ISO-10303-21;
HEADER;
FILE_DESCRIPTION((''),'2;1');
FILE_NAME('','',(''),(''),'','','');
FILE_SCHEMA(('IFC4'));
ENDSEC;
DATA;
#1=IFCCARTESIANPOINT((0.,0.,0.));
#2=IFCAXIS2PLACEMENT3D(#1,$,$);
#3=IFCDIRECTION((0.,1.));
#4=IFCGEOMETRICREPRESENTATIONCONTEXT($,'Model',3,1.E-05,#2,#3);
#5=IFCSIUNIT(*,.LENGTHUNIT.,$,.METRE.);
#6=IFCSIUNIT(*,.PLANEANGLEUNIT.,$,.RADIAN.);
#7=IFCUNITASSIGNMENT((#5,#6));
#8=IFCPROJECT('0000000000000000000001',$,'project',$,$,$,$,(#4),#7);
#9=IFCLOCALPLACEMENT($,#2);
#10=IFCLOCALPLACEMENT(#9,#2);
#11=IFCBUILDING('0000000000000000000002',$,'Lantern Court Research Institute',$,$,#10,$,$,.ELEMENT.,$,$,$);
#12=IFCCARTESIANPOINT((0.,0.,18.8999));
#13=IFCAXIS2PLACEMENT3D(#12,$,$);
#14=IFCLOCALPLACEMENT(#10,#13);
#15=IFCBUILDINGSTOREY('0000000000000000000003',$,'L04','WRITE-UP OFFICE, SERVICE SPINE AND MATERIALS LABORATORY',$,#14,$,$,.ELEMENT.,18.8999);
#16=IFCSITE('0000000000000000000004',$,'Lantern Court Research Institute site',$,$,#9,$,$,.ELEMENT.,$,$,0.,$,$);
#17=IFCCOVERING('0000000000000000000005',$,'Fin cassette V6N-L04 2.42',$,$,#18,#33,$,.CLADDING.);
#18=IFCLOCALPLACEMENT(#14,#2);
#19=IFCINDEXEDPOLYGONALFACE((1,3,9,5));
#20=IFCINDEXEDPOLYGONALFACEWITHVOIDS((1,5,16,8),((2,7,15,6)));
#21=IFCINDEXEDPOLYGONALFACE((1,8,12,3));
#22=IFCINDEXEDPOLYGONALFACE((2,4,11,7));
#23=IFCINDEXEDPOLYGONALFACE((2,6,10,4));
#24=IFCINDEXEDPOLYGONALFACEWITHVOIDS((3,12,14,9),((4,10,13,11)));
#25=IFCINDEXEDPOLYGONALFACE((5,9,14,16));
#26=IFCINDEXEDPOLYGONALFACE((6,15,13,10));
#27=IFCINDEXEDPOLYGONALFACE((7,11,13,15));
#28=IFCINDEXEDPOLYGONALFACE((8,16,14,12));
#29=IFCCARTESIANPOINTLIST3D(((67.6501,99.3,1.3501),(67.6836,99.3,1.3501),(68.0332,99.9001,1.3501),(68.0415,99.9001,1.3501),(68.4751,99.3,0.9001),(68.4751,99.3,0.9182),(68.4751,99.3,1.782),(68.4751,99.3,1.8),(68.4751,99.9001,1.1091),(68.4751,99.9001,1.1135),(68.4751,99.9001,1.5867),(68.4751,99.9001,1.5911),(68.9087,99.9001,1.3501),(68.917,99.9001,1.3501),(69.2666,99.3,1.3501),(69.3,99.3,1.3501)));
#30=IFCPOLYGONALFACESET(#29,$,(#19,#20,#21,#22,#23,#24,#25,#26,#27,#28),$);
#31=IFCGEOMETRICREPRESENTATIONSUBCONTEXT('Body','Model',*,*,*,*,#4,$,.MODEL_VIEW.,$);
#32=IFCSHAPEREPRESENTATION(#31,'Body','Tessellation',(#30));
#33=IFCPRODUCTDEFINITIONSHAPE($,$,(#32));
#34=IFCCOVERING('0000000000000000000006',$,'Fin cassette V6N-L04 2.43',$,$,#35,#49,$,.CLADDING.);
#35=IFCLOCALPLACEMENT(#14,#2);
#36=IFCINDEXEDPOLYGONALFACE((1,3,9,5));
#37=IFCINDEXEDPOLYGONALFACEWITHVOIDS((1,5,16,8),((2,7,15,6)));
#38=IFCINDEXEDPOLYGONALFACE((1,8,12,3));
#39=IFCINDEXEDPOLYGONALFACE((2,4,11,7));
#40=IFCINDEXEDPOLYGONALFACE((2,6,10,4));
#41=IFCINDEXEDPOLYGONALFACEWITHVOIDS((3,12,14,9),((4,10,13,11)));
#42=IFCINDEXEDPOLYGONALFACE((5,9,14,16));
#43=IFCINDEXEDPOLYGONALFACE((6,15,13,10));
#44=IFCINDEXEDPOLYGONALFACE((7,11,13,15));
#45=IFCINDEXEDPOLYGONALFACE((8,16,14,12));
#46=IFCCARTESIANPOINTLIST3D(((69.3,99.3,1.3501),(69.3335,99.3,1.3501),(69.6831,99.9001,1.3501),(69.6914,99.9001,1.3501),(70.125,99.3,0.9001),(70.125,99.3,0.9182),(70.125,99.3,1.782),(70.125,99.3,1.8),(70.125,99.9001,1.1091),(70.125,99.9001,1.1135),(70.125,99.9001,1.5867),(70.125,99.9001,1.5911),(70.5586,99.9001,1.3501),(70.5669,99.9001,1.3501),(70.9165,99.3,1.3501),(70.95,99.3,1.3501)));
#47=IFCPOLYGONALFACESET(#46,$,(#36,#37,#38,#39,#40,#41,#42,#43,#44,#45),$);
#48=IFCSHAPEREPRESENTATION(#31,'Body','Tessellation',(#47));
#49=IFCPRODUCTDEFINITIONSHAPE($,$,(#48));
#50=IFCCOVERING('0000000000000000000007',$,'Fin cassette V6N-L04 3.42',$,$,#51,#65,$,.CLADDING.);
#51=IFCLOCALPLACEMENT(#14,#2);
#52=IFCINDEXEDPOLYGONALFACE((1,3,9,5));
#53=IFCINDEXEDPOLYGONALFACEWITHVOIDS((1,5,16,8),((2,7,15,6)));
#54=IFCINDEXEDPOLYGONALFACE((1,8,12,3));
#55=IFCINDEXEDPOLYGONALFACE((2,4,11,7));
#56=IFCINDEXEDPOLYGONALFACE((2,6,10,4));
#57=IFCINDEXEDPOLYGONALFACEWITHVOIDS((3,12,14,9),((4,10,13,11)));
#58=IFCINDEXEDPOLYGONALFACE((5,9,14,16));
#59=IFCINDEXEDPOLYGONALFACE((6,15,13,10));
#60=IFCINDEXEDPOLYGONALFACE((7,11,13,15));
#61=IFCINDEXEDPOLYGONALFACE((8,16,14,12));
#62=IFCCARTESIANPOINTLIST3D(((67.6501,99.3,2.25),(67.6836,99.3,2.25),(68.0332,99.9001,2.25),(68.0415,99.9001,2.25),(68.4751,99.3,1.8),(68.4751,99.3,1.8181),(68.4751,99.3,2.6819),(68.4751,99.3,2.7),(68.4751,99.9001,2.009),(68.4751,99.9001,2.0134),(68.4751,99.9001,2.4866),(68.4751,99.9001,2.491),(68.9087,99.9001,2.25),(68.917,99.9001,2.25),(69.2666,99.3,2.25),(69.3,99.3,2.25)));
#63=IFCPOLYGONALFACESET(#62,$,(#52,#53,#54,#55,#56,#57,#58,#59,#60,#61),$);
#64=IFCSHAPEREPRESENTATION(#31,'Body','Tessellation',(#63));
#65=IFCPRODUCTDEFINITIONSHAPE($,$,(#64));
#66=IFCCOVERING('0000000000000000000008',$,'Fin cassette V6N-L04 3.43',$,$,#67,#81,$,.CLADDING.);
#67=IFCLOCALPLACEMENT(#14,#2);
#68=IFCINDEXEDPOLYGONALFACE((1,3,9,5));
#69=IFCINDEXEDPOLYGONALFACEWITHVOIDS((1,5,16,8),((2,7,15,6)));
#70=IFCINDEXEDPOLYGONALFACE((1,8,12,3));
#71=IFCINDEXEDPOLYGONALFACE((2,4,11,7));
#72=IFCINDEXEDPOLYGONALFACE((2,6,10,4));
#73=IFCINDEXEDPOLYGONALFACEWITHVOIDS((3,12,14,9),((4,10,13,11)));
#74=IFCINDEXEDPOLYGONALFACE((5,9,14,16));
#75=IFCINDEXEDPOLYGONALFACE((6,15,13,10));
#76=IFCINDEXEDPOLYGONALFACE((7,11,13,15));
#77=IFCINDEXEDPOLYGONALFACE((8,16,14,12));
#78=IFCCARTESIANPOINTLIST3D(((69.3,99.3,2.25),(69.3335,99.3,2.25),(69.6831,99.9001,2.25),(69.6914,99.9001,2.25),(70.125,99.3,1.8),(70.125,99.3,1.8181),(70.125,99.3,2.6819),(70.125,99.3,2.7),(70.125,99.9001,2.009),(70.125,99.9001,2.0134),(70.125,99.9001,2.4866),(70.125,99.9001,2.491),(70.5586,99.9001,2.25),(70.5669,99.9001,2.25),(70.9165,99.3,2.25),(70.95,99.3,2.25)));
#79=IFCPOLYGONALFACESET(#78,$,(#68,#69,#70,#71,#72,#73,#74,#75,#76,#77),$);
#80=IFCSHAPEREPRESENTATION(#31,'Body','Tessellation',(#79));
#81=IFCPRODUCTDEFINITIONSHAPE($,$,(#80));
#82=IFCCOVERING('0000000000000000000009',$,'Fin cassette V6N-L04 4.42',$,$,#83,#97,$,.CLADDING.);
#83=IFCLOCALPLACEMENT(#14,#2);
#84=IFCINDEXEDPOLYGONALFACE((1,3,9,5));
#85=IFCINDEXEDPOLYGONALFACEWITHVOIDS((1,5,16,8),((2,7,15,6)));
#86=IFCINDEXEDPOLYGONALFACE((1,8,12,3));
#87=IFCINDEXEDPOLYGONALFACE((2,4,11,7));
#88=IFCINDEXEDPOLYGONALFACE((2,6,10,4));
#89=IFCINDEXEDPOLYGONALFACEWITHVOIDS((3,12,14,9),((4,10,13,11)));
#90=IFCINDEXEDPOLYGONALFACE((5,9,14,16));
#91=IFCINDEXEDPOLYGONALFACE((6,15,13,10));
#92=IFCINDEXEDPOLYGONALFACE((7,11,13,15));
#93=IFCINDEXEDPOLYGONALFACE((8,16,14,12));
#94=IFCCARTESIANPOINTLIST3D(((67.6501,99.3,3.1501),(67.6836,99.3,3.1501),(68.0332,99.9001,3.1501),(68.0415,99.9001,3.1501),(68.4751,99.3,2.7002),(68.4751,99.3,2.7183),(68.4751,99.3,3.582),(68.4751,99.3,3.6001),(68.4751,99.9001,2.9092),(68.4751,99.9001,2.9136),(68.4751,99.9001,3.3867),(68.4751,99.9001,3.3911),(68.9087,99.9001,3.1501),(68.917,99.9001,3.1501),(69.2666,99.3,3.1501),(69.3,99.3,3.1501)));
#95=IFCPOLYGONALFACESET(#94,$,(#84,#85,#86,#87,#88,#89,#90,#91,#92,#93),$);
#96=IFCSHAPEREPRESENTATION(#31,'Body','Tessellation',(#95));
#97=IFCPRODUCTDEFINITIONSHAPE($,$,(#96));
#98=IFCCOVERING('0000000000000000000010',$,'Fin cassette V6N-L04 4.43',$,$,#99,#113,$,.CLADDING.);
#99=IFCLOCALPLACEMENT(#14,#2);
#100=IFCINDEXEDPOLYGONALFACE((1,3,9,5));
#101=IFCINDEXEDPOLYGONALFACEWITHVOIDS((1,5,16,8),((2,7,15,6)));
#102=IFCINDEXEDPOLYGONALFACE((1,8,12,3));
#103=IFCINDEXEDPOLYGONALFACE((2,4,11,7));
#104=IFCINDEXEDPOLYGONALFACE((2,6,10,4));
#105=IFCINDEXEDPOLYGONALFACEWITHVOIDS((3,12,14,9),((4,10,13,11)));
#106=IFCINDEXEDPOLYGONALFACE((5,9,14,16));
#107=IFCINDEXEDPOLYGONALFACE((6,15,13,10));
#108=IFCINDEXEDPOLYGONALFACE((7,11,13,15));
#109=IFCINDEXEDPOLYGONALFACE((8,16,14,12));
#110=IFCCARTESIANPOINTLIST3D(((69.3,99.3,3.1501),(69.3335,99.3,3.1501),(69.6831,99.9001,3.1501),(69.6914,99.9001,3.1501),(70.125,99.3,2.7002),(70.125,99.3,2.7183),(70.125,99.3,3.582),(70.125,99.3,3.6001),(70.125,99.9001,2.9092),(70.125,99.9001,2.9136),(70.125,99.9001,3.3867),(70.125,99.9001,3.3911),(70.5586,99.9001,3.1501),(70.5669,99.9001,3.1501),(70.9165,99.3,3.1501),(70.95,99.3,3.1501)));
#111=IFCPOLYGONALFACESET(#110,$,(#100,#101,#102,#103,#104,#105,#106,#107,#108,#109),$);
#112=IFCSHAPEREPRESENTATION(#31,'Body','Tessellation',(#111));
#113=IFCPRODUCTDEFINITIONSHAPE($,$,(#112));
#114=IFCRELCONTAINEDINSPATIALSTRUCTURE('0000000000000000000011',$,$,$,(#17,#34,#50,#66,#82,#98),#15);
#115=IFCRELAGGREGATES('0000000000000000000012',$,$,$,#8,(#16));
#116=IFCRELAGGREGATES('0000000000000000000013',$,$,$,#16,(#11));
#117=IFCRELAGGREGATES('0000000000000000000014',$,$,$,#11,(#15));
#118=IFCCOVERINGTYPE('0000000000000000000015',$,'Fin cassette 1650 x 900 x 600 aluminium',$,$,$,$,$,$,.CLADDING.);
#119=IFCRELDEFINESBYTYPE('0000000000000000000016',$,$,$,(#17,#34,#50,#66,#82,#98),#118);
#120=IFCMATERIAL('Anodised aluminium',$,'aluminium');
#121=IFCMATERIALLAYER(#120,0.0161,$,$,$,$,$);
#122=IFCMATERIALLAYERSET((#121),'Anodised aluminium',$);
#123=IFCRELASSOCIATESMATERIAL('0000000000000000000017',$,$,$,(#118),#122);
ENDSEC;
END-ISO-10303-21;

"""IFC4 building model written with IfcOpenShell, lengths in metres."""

from ifc_helpers import new_model, entity, si_unit, direction, frame, origin, place, context, subcontext, project, spatial, material, layer, layer_set, type_object, element, save


model = new_model("IFC4")

# Units and contexts
model_context = context("Model", 3, precision=1e-05, world=origin(), true_north=direction((0.0, 1.0)))
body_context = subcontext(model_context, "Body", "Model", "MODEL_VIEW")
ifc_project = project(units=[si_unit("LENGTHUNIT", "METRE"), si_unit("PLANEANGLEUNIT", "RADIAN")], contexts=[model_context])

# Site, building, storey
site_placement = place(None, origin())
site = spatial("IfcSite", under=ifc_project, at=site_placement, Name="Lantern Court Research Institute site", CompositionType="ELEMENT", RefElevation=0.0)
building_placement = place(site_placement, origin())
building = spatial("IfcBuilding", under=site, at=building_placement, Name="Lantern Court Research Institute", CompositionType="ELEMENT")
storey_placement = place(building_placement, frame((0.0, 0.0, 18.8999)))
storey = spatial("IfcBuildingStorey", under=building, at=storey_placement, Name="L04", Description="WRITE-UP OFFICE, SERVICE SPINE AND MATERIALS LABORATORY", CompositionType="ELEMENT", Elevation=18.8999)

# Coverings
ifc_material_1 = material(Name="Anodised aluminium", Category="aluminium")
ifc_layer_1 = layer(ifc_material_1, 0.0161)
ifc_layer_set_1 = layer_set([ifc_layer_1], Name="Anodised aluminium")
covering_type_1 = type_object("IfcCoveringType", Name="Fin cassette 1650 x 900 x 600 aluminium", PredefinedType="CLADDING", material=ifc_layer_set_1)
covering_1_placement = place(storey_placement, frame((68.4751, 99.3, 1.3501), z_axis=(0.0, 1.0, 0.0), x_axis=(-1.0, 0.0, 0.0)))
cartesian_point_1 = entity("IfcCartesianPoint", [0.825, 0.0])
cartesian_point_2 = entity("IfcCartesianPoint", [0.7915, 0.0])
cartesian_point_3 = entity("IfcCartesianPoint", [0.4419, 0.0])
cartesian_point_4 = entity("IfcCartesianPoint", [0.4336, 0.0])
element("IfcCovering", 1, at=covering_1_placement, inside=storey, type_object=covering_type_1, Name="Fin cassette V6N-L04 2.42", PredefinedType="CLADDING", context=body_context, shape_type="SweptSolid", body=[
    entity("IfcExtrudedAreaSolidTapered", entity("IfcArbitraryProfileDefWithVoids", "AREA", None, entity("IfcPolyline", [cartesian_point_1, entity("IfcCartesianPoint", [0.0, 0.45]), entity("IfcCartesianPoint", [-0.825, 0.0]), entity("IfcCartesianPoint", [0.0, -0.45]), cartesian_point_1]), [entity("IfcPolyline", [cartesian_point_2, entity("IfcCartesianPoint", [0.0, 0.4319]), entity("IfcCartesianPoint", [-0.7915, 0.0]), entity("IfcCartesianPoint", [0.0, -0.4319]), cartesian_point_2])]), entity("IfcAxis2Placement3D", entity("IfcCartesianPoint", [0.0, 0.0, 0.0])), entity("IfcDirection", [0.0, 0.0, 1.0]), 0.6001, entity("IfcArbitraryProfileDefWithVoids", "AREA", None, entity("IfcPolyline", [cartesian_point_3, entity("IfcCartesianPoint", [0.0, 0.241]), entity("IfcCartesianPoint", [-0.4419, 0.0]), entity("IfcCartesianPoint", [0.0, -0.241]), cartesian_point_3]), [entity("IfcPolyline", [cartesian_point_4, entity("IfcCartesianPoint", [0.0, 0.2366]), entity("IfcCartesianPoint", [-0.4336, 0.0]), entity("IfcCartesianPoint", [0.0, -0.2366]), cartesian_point_4])])),
])
covering_2_placement = place(storey_placement, frame((70.125, 99.3, 1.3501), z_axis=(0.0, 1.0, 0.0), x_axis=(-1.0, 0.0, 0.0)))
cartesian_point_5 = entity("IfcCartesianPoint", [0.825, 0.0])
cartesian_point_6 = entity("IfcCartesianPoint", [0.7915, 0.0])
cartesian_point_7 = entity("IfcCartesianPoint", [0.4419, 0.0])
cartesian_point_8 = entity("IfcCartesianPoint", [0.4336, 0.0])
element("IfcCovering", 2, at=covering_2_placement, inside=storey, type_object=covering_type_1, Name="Fin cassette V6N-L04 2.43", PredefinedType="CLADDING", context=body_context, shape_type="SweptSolid", body=[
    entity("IfcExtrudedAreaSolidTapered", entity("IfcArbitraryProfileDefWithVoids", "AREA", None, entity("IfcPolyline", [cartesian_point_5, entity("IfcCartesianPoint", [0.0, 0.45]), entity("IfcCartesianPoint", [-0.825, 0.0]), entity("IfcCartesianPoint", [0.0, -0.45]), cartesian_point_5]), [entity("IfcPolyline", [cartesian_point_6, entity("IfcCartesianPoint", [0.0, 0.4319]), entity("IfcCartesianPoint", [-0.7915, 0.0]), entity("IfcCartesianPoint", [0.0, -0.4319]), cartesian_point_6])]), entity("IfcAxis2Placement3D", entity("IfcCartesianPoint", [0.0, 0.0, 0.0])), entity("IfcDirection", [0.0, 0.0, 1.0]), 0.6001, entity("IfcArbitraryProfileDefWithVoids", "AREA", None, entity("IfcPolyline", [cartesian_point_7, entity("IfcCartesianPoint", [0.0, 0.241]), entity("IfcCartesianPoint", [-0.4419, 0.0]), entity("IfcCartesianPoint", [0.0, -0.241]), cartesian_point_7]), [entity("IfcPolyline", [cartesian_point_8, entity("IfcCartesianPoint", [0.0, 0.2366]), entity("IfcCartesianPoint", [-0.4336, 0.0]), entity("IfcCartesianPoint", [0.0, -0.2366]), cartesian_point_8])])),
])
covering_3_placement = place(storey_placement, frame((68.4751, 99.3, 2.25), z_axis=(0.0, 1.0, 0.0), x_axis=(-1.0, 0.0, 0.0)))
cartesian_point_9 = entity("IfcCartesianPoint", [0.825, 0.0])
cartesian_point_10 = entity("IfcCartesianPoint", [0.7915, 0.0])
cartesian_point_11 = entity("IfcCartesianPoint", [0.4419, 0.0])
cartesian_point_12 = entity("IfcCartesianPoint", [0.4336, 0.0])
element("IfcCovering", 3, at=covering_3_placement, inside=storey, type_object=covering_type_1, Name="Fin cassette V6N-L04 3.42", PredefinedType="CLADDING", context=body_context, shape_type="SweptSolid", body=[
    entity("IfcExtrudedAreaSolidTapered", entity("IfcArbitraryProfileDefWithVoids", "AREA", None, entity("IfcPolyline", [cartesian_point_9, entity("IfcCartesianPoint", [0.0, 0.45]), entity("IfcCartesianPoint", [-0.825, 0.0]), entity("IfcCartesianPoint", [0.0, -0.45]), cartesian_point_9]), [entity("IfcPolyline", [cartesian_point_10, entity("IfcCartesianPoint", [0.0, 0.4319]), entity("IfcCartesianPoint", [-0.7915, 0.0]), entity("IfcCartesianPoint", [0.0, -0.4319]), cartesian_point_10])]), entity("IfcAxis2Placement3D", entity("IfcCartesianPoint", [0.0, 0.0, 0.0])), entity("IfcDirection", [0.0, 0.0, 1.0]), 0.6001, entity("IfcArbitraryProfileDefWithVoids", "AREA", None, entity("IfcPolyline", [cartesian_point_11, entity("IfcCartesianPoint", [0.0, 0.241]), entity("IfcCartesianPoint", [-0.4419, 0.0]), entity("IfcCartesianPoint", [0.0, -0.241]), cartesian_point_11]), [entity("IfcPolyline", [cartesian_point_12, entity("IfcCartesianPoint", [0.0, 0.2366]), entity("IfcCartesianPoint", [-0.4336, 0.0]), entity("IfcCartesianPoint", [0.0, -0.2366]), cartesian_point_12])])),
])
covering_4_placement = place(storey_placement, frame((70.125, 99.3, 2.25), z_axis=(0.0, 1.0, 0.0), x_axis=(-1.0, 0.0, 0.0)))
cartesian_point_13 = entity("IfcCartesianPoint", [0.825, 0.0])
cartesian_point_14 = entity("IfcCartesianPoint", [0.7915, 0.0])
cartesian_point_15 = entity("IfcCartesianPoint", [0.4419, 0.0])
cartesian_point_16 = entity("IfcCartesianPoint", [0.4336, 0.0])
element("IfcCovering", 4, at=covering_4_placement, inside=storey, type_object=covering_type_1, Name="Fin cassette V6N-L04 3.43", PredefinedType="CLADDING", context=body_context, shape_type="SweptSolid", body=[
    entity("IfcExtrudedAreaSolidTapered", entity("IfcArbitraryProfileDefWithVoids", "AREA", None, entity("IfcPolyline", [cartesian_point_13, entity("IfcCartesianPoint", [0.0, 0.45]), entity("IfcCartesianPoint", [-0.825, 0.0]), entity("IfcCartesianPoint", [0.0, -0.45]), cartesian_point_13]), [entity("IfcPolyline", [cartesian_point_14, entity("IfcCartesianPoint", [0.0, 0.4319]), entity("IfcCartesianPoint", [-0.7915, 0.0]), entity("IfcCartesianPoint", [0.0, -0.4319]), cartesian_point_14])]), entity("IfcAxis2Placement3D", entity("IfcCartesianPoint", [0.0, 0.0, 0.0])), entity("IfcDirection", [0.0, 0.0, 1.0]), 0.6001, entity("IfcArbitraryProfileDefWithVoids", "AREA", None, entity("IfcPolyline", [cartesian_point_15, entity("IfcCartesianPoint", [0.0, 0.241]), entity("IfcCartesianPoint", [-0.4419, 0.0]), entity("IfcCartesianPoint", [0.0, -0.241]), cartesian_point_15]), [entity("IfcPolyline", [cartesian_point_16, entity("IfcCartesianPoint", [0.0, 0.2366]), entity("IfcCartesianPoint", [-0.4336, 0.0]), entity("IfcCartesianPoint", [0.0, -0.2366]), cartesian_point_16])])),
])
covering_5_placement = place(storey_placement, frame((68.4751, 99.3, 3.1501), z_axis=(0.0, 1.0, 0.0), x_axis=(-1.0, 0.0, 0.0)))
cartesian_point_17 = entity("IfcCartesianPoint", [0.825, 0.0])
cartesian_point_18 = entity("IfcCartesianPoint", [0.7915, 0.0])
cartesian_point_19 = entity("IfcCartesianPoint", [0.4419, 0.0])
cartesian_point_20 = entity("IfcCartesianPoint", [0.4336, 0.0])
element("IfcCovering", 5, at=covering_5_placement, inside=storey, type_object=covering_type_1, Name="Fin cassette V6N-L04 4.42", PredefinedType="CLADDING", context=body_context, shape_type="SweptSolid", body=[
    entity("IfcExtrudedAreaSolidTapered", entity("IfcArbitraryProfileDefWithVoids", "AREA", None, entity("IfcPolyline", [cartesian_point_17, entity("IfcCartesianPoint", [0.0, 0.45]), entity("IfcCartesianPoint", [-0.825, 0.0]), entity("IfcCartesianPoint", [0.0, -0.45]), cartesian_point_17]), [entity("IfcPolyline", [cartesian_point_18, entity("IfcCartesianPoint", [0.0, 0.4319]), entity("IfcCartesianPoint", [-0.7915, 0.0]), entity("IfcCartesianPoint", [0.0, -0.4319]), cartesian_point_18])]), entity("IfcAxis2Placement3D", entity("IfcCartesianPoint", [0.0, 0.0, 0.0])), entity("IfcDirection", [0.0, 0.0, 1.0]), 0.6001, entity("IfcArbitraryProfileDefWithVoids", "AREA", None, entity("IfcPolyline", [cartesian_point_19, entity("IfcCartesianPoint", [0.0, 0.241]), entity("IfcCartesianPoint", [-0.4419, 0.0]), entity("IfcCartesianPoint", [0.0, -0.241]), cartesian_point_19]), [entity("IfcPolyline", [cartesian_point_20, entity("IfcCartesianPoint", [0.0, 0.2366]), entity("IfcCartesianPoint", [-0.4336, 0.0]), entity("IfcCartesianPoint", [0.0, -0.2366]), cartesian_point_20])])),
])
covering_6_placement = place(storey_placement, frame((70.125, 99.3, 3.1501), z_axis=(0.0, 1.0, 0.0), x_axis=(-1.0, 0.0, 0.0)))
cartesian_point_21 = entity("IfcCartesianPoint", [0.825, 0.0])
cartesian_point_22 = entity("IfcCartesianPoint", [0.7915, 0.0])
cartesian_point_23 = entity("IfcCartesianPoint", [0.4419, 0.0])
cartesian_point_24 = entity("IfcCartesianPoint", [0.4336, 0.0])
element("IfcCovering", 6, at=covering_6_placement, inside=storey, type_object=covering_type_1, Name="Fin cassette V6N-L04 4.43", PredefinedType="CLADDING", context=body_context, shape_type="SweptSolid", body=[
    entity("IfcExtrudedAreaSolidTapered", entity("IfcArbitraryProfileDefWithVoids", "AREA", None, entity("IfcPolyline", [cartesian_point_21, entity("IfcCartesianPoint", [0.0, 0.45]), entity("IfcCartesianPoint", [-0.825, 0.0]), entity("IfcCartesianPoint", [0.0, -0.45]), cartesian_point_21]), [entity("IfcPolyline", [cartesian_point_22, entity("IfcCartesianPoint", [0.0, 0.4319]), entity("IfcCartesianPoint", [-0.7915, 0.0]), entity("IfcCartesianPoint", [0.0, -0.4319]), cartesian_point_22])]), entity("IfcAxis2Placement3D", entity("IfcCartesianPoint", [0.0, 0.0, 0.0])), entity("IfcDirection", [0.0, 0.0, 1.0]), 0.6001, entity("IfcArbitraryProfileDefWithVoids", "AREA", None, entity("IfcPolyline", [cartesian_point_23, entity("IfcCartesianPoint", [0.0, 0.241]), entity("IfcCartesianPoint", [-0.4419, 0.0]), entity("IfcCartesianPoint", [0.0, -0.241]), cartesian_point_23]), [entity("IfcPolyline", [cartesian_point_24, entity("IfcCartesianPoint", [0.0, 0.2366]), entity("IfcCartesianPoint", [-0.4336, 0.0]), entity("IfcCartesianPoint", [0.0, -0.2366]), cartesian_point_24])])),
])

save(model, "model.ifc")
